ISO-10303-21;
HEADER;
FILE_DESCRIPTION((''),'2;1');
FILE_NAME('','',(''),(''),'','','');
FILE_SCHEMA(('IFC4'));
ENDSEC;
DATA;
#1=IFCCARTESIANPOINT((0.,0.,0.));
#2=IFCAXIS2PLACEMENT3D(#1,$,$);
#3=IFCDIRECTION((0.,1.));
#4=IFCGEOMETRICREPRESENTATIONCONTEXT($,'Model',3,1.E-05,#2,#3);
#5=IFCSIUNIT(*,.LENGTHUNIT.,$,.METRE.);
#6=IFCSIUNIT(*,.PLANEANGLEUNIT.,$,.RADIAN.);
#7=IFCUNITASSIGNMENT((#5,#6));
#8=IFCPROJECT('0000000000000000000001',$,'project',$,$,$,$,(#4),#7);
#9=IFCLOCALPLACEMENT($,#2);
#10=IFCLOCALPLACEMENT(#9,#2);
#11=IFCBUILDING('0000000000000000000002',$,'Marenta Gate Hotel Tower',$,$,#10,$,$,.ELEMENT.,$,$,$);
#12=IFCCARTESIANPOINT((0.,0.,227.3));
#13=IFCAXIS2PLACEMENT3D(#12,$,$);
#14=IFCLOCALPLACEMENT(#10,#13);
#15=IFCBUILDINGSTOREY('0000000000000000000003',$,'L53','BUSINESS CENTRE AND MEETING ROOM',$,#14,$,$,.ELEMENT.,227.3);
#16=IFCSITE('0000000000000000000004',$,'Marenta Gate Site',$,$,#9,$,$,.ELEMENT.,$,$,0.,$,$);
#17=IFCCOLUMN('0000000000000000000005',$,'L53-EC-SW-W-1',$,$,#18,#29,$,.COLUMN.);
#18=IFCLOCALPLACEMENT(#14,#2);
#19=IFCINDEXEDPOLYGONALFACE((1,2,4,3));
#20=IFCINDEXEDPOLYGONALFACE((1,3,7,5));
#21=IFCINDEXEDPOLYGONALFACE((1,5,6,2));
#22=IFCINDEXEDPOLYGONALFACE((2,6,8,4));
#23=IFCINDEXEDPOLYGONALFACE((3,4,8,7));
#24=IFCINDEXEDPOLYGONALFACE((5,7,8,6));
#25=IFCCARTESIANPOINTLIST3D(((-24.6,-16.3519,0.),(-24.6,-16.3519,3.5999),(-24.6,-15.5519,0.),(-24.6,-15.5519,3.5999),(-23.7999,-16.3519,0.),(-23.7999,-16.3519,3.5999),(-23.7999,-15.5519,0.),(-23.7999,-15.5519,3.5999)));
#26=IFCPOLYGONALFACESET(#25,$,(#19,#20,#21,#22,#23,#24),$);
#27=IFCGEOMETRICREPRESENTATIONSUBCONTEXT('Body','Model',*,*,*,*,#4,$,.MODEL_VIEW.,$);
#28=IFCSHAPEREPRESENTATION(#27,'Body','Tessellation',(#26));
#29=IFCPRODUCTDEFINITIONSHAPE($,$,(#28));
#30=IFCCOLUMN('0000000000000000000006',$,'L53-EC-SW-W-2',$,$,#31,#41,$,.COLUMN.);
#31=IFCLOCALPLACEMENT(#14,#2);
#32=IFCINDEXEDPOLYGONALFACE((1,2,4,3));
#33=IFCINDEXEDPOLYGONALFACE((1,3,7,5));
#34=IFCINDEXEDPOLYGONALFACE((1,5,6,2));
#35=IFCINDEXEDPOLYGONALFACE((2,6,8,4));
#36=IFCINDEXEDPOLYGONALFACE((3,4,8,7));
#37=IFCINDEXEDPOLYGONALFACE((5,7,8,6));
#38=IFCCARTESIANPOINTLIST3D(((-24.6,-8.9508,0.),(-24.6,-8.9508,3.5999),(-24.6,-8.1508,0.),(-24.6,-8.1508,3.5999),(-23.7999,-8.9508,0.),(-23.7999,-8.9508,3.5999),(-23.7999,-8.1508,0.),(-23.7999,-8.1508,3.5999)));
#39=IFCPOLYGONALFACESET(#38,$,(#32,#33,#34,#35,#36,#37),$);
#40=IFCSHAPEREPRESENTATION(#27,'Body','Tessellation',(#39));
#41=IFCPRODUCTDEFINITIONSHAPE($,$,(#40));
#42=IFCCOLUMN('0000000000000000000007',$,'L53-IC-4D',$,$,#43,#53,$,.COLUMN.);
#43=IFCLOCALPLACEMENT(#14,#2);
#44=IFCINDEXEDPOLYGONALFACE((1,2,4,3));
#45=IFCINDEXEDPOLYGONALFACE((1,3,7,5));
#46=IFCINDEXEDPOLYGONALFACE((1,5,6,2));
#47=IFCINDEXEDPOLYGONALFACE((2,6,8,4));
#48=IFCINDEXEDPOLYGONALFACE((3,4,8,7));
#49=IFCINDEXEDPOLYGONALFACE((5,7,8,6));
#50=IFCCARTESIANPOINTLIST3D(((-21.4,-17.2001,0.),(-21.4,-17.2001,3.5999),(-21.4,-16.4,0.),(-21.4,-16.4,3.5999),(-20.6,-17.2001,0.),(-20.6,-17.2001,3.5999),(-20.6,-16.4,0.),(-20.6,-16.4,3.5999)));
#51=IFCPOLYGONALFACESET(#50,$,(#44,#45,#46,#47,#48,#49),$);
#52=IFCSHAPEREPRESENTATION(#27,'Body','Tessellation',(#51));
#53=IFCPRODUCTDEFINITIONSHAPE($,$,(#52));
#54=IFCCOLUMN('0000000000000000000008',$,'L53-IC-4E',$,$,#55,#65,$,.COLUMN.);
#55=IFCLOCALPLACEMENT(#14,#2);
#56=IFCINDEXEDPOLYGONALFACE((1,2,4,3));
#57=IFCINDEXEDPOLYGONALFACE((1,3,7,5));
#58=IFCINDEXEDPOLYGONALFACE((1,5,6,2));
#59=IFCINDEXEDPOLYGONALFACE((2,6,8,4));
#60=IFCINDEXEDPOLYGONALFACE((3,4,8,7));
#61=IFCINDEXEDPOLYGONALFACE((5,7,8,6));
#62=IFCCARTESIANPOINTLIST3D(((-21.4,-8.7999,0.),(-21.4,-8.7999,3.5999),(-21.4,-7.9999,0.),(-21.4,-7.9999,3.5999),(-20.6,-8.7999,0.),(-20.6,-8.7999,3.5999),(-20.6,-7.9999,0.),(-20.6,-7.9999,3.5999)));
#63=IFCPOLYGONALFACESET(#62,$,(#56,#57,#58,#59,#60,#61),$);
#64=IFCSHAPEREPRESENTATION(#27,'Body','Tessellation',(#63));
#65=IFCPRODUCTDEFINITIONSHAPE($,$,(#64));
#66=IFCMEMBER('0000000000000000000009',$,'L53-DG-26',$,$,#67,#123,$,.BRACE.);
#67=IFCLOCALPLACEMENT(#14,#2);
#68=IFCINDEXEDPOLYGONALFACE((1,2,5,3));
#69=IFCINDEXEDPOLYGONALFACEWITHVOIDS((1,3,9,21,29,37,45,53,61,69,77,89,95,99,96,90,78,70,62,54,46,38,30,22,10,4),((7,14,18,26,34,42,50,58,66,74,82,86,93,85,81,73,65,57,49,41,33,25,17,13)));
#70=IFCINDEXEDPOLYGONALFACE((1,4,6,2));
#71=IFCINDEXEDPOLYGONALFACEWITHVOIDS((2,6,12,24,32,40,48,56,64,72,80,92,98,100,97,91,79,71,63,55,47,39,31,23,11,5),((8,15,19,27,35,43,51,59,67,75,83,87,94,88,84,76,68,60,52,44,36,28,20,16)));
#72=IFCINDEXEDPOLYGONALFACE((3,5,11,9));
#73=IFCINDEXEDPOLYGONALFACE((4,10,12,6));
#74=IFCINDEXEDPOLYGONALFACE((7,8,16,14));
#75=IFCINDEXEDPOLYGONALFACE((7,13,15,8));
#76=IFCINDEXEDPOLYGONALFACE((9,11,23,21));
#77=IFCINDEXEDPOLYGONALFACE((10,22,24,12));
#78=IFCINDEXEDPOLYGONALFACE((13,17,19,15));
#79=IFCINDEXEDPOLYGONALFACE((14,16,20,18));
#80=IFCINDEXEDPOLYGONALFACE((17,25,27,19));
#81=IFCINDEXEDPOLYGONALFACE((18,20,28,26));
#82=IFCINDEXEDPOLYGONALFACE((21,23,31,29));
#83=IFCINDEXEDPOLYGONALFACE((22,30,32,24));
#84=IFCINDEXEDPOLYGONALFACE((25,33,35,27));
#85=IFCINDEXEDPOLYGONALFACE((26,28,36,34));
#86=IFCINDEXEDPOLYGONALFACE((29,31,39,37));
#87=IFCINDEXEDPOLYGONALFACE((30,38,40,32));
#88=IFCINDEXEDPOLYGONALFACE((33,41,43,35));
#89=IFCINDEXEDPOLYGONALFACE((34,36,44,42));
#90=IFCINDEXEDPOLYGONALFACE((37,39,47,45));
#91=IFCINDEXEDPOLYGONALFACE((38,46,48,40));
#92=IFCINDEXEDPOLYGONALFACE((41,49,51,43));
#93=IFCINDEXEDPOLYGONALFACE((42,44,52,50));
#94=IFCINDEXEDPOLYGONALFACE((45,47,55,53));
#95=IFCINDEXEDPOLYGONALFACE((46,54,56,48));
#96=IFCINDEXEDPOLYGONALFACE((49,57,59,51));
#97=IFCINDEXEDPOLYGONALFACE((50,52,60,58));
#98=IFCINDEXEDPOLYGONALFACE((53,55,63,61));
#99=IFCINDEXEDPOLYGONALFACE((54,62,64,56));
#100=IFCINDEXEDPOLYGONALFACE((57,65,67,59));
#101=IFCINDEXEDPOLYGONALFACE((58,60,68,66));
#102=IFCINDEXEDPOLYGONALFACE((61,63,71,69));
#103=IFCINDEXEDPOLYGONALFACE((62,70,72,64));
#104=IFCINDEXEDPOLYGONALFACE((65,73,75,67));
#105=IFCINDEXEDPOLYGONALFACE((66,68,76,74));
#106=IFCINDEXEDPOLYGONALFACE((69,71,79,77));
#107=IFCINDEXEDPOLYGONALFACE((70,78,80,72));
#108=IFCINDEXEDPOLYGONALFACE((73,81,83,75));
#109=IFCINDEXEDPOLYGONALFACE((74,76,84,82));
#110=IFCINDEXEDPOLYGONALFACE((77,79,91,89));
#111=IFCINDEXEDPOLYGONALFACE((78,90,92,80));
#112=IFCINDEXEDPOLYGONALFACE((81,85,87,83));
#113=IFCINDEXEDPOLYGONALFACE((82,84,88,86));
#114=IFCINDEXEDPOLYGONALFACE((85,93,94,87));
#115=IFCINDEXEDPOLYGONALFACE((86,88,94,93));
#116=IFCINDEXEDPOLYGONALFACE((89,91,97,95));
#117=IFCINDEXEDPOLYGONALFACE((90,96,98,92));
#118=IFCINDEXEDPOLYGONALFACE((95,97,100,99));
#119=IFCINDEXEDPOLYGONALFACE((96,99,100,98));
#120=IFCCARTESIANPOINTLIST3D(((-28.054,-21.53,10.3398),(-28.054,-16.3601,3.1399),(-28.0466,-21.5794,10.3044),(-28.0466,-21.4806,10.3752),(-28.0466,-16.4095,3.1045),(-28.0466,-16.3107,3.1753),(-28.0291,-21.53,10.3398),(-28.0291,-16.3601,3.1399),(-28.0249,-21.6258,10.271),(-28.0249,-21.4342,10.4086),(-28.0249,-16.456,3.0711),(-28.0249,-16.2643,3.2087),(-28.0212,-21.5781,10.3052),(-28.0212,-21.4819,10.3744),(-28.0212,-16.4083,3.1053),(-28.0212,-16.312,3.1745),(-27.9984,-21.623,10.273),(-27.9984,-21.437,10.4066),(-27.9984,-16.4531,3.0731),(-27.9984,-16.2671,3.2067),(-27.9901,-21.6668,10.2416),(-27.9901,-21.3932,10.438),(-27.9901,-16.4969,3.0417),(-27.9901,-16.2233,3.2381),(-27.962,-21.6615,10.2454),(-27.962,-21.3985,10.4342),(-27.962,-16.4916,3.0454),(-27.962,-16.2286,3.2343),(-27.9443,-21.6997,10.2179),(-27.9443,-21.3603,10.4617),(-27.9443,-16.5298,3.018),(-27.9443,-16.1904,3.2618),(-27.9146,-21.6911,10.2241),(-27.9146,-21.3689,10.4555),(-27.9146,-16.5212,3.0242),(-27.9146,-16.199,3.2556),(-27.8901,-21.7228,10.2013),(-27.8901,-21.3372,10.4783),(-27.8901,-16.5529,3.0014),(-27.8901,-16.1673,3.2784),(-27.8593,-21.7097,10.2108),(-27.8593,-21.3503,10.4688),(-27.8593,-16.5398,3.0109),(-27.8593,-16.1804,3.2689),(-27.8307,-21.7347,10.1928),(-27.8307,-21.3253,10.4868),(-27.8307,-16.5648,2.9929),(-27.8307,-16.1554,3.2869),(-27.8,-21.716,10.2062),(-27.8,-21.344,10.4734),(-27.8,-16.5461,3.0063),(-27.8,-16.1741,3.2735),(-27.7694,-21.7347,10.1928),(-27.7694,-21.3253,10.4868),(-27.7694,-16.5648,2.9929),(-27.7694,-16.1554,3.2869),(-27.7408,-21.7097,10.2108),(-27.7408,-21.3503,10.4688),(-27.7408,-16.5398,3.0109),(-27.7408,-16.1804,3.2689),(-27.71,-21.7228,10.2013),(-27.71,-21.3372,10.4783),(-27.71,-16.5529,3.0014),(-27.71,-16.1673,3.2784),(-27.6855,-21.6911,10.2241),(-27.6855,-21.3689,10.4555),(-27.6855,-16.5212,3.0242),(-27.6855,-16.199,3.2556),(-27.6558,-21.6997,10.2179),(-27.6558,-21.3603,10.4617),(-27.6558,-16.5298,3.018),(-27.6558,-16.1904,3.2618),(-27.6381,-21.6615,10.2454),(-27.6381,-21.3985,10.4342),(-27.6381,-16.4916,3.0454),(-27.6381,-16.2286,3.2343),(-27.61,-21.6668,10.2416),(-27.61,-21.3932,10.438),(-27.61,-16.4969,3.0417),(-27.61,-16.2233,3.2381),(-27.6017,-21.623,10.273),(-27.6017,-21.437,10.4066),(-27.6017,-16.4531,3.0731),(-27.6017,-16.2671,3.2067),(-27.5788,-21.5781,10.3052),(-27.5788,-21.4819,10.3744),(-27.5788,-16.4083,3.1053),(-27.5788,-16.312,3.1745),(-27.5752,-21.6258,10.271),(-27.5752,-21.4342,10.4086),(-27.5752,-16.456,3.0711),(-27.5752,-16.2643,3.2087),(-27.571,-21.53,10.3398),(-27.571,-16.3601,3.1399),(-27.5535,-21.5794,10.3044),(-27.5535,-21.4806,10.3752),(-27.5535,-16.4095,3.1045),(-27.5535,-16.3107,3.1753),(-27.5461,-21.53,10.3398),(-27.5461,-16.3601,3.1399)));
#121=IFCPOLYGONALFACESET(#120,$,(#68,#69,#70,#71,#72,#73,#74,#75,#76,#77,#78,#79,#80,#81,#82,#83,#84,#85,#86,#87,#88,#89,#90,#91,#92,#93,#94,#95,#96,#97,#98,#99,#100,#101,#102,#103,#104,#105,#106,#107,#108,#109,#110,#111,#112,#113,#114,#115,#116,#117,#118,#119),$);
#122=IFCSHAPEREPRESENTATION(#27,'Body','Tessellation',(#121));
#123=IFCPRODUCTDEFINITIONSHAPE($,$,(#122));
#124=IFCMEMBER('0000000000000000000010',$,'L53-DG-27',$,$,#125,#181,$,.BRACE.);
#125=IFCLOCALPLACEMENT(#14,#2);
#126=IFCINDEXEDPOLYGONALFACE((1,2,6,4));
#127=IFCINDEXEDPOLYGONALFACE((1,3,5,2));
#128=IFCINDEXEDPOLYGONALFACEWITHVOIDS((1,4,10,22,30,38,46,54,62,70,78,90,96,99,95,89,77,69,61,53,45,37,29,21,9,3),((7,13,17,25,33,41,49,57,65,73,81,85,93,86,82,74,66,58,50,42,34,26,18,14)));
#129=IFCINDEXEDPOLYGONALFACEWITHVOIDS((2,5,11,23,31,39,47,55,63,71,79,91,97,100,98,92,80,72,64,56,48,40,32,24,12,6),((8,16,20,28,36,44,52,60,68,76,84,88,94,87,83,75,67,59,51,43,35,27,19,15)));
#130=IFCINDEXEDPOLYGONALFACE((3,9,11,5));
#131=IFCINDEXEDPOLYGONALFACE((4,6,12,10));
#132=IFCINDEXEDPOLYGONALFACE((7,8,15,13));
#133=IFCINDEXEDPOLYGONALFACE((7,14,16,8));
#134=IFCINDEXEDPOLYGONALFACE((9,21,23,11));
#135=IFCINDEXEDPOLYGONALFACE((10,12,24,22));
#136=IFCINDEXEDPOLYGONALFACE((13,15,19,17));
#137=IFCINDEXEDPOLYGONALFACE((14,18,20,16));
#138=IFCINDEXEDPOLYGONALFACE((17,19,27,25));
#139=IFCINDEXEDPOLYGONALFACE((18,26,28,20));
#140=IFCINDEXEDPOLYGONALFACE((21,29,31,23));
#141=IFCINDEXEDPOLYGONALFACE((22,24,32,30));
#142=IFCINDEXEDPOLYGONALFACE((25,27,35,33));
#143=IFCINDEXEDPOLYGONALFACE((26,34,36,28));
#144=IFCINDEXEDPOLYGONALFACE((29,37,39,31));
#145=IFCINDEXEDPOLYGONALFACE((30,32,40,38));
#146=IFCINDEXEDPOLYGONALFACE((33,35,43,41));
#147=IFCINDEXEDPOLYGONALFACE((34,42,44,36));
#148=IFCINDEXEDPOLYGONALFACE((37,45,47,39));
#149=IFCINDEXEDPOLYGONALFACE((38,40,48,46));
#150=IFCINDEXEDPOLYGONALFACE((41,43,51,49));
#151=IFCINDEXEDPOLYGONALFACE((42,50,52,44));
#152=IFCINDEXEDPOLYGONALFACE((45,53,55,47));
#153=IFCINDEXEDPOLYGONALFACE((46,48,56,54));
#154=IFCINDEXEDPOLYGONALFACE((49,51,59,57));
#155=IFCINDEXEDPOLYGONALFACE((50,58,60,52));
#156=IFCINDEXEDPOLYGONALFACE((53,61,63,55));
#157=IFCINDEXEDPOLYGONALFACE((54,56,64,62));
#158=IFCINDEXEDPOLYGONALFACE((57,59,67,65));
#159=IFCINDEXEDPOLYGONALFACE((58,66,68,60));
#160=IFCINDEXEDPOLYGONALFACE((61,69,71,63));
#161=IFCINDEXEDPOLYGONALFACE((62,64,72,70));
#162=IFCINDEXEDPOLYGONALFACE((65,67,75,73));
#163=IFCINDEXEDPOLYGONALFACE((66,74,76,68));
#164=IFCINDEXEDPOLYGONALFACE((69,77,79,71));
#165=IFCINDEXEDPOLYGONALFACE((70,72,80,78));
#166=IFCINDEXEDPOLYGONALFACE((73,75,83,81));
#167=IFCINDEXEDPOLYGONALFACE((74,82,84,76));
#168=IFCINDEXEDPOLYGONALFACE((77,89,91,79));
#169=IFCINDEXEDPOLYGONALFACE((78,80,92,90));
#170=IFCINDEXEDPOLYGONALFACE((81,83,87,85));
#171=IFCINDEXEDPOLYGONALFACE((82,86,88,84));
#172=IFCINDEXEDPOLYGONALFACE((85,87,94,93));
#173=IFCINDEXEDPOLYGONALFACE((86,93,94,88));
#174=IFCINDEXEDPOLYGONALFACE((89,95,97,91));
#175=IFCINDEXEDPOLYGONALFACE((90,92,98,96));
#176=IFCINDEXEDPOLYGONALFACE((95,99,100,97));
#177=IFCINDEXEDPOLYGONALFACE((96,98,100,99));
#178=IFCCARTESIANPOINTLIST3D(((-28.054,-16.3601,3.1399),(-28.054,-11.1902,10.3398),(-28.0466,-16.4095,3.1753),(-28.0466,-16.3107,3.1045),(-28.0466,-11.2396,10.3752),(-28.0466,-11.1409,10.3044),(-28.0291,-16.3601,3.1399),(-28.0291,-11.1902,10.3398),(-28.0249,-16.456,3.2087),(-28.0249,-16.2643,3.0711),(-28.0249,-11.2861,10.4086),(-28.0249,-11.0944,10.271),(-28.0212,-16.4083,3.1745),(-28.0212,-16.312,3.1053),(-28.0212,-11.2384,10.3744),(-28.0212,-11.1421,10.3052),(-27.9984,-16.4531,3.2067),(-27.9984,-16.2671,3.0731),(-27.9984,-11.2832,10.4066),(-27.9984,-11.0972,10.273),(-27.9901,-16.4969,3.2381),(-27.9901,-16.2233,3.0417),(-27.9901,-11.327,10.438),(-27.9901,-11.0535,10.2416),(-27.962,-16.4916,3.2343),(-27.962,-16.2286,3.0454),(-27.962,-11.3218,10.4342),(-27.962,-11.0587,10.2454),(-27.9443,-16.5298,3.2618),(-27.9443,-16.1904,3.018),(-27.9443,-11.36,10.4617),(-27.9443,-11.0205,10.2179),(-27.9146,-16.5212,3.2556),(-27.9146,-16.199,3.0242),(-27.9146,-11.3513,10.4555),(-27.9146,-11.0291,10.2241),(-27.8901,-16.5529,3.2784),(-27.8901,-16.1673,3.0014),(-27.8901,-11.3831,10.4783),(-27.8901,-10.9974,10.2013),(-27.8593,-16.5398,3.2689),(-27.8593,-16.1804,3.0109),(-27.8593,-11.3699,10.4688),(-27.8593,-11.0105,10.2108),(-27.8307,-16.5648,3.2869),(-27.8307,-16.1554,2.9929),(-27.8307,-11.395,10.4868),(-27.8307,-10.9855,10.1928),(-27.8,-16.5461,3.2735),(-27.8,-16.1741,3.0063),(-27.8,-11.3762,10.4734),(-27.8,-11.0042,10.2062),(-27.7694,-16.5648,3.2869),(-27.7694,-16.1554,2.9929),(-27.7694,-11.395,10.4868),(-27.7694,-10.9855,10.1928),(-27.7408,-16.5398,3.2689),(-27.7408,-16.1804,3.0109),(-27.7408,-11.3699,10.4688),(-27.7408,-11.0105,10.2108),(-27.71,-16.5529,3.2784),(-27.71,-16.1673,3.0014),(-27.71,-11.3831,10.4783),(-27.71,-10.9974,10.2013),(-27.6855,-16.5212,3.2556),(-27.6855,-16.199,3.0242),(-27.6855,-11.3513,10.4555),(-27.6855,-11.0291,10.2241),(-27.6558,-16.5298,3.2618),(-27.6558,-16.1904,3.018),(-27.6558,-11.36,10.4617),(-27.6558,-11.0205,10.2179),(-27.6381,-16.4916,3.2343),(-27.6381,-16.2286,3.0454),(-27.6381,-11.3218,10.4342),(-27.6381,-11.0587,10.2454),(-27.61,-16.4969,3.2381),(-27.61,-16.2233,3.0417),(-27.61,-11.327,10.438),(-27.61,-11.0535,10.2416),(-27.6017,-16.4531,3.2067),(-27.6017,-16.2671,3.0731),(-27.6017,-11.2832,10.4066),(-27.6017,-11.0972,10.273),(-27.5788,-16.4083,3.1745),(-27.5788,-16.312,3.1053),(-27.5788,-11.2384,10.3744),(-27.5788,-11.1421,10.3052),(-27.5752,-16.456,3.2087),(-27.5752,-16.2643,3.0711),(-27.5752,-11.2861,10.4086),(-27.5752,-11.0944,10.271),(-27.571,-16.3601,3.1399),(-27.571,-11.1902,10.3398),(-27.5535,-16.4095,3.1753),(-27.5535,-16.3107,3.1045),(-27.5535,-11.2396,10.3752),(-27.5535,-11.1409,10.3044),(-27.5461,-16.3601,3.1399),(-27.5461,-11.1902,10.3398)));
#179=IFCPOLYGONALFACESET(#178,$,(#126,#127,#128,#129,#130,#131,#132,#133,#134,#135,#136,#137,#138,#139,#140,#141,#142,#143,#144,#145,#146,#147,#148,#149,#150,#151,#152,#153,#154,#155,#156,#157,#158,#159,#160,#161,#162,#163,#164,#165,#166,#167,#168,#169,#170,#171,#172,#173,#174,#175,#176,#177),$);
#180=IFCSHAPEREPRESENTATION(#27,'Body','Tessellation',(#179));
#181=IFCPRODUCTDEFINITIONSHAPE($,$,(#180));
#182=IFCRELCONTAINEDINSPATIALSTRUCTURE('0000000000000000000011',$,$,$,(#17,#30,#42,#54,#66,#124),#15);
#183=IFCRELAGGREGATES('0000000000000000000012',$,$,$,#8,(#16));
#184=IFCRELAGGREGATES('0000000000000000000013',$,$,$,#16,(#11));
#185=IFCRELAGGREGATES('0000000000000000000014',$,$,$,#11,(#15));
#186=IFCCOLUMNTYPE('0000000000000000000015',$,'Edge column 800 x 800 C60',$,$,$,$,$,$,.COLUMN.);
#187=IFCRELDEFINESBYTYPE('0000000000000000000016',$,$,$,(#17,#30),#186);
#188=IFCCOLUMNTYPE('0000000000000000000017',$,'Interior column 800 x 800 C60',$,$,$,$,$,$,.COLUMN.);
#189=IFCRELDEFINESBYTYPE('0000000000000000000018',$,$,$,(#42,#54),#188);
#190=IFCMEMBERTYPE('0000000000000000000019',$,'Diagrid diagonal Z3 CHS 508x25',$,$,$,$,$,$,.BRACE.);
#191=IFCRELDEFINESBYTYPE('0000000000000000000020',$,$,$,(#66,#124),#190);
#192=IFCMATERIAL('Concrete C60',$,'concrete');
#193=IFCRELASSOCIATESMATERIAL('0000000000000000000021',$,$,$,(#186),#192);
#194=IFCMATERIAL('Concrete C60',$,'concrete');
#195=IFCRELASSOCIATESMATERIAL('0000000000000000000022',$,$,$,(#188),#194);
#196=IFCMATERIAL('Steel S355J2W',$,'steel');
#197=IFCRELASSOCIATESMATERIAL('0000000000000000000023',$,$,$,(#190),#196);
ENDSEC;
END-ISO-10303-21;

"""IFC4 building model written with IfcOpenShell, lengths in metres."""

from ifc_helpers import new_model, si_unit, direction, frame, origin, origin_2d, place, context, subcontext, project, spatial, rectangle, hollow_circle, extrude, material, material_profile, profile_set, type_object, element, save


model = new_model("IFC4")

# Units and contexts
model_context = context("Model", 3, precision=1e-05, world=origin(), true_north=direction((0.0, 1.0)))
body_context = subcontext(model_context, "Body", "Model", "MODEL_VIEW")
ifc_project = project(units=[si_unit("LENGTHUNIT", "METRE"), si_unit("PLANEANGLEUNIT", "RADIAN")], contexts=[model_context])

# Site, building, storey
site_placement = place(None, origin())
site = spatial("IfcSite", under=ifc_project, at=site_placement, Name="Marenta Gate Site", CompositionType="ELEMENT", RefElevation=0.0)
building_placement = place(site_placement, origin())
building = spatial("IfcBuilding", under=site, at=building_placement, Name="Marenta Gate Hotel Tower", CompositionType="ELEMENT")
storey_placement = place(building_placement, frame((0.0, 0.0, 227.3)))
storey = spatial("IfcBuildingStorey", under=building, at=storey_placement, Name="L53", Description="BUSINESS CENTRE AND MEETING ROOM", CompositionType="ELEMENT", Elevation=227.3)

# Columns
ifc_material_1 = material(Name="Concrete C60", Category="concrete")
ifc_material_profile_1 = material_profile(ifc_material_1, rectangle(XDim=0.8, YDim=0.8, at=origin_2d()), Name="800 x 800")
ifc_profile_set_1 = profile_set([ifc_material_profile_1], Name="Concrete C60")
column_type_1 = type_object("IfcColumnType", Name="Edge column 800 x 800 C60", PredefinedType="COLUMN", material=ifc_profile_set_1)
for number, where, z_axis, x_axis, name in (
    (1, (-24.2, -15.9519, 0.0), (0.0, 0.0, 1.0), (1.0, 0.0, 0.0), "L53-EC-SW-W-1"),
    (2, (-24.2, -8.5508, 0.0), (0.0, 0.0, 1.0), (1.0, 0.0, 0.0), "L53-EC-SW-W-2"),
):
    element("IfcColumn", number, at=place(storey_placement, frame(where, z_axis=z_axis, x_axis=x_axis)), inside=storey, type_object=column_type_1, Name=name, PredefinedType="COLUMN", context=body_context, shape_type="SweptSolid", body=[
        extrude(rectangle(XDim=0.8, YDim=0.8, at=origin_2d()), origin(), (0.0, 0.0, 1.0), 3.5999),
    ])
ifc_material_2 = material(Name="Concrete C60", Category="concrete")
ifc_material_profile_2 = material_profile(ifc_material_2, rectangle(XDim=0.8, YDim=0.8, at=origin_2d()), Name="800 x 800")
ifc_profile_set_2 = profile_set([ifc_material_profile_2], Name="Concrete C60")
column_type_2 = type_object("IfcColumnType", Name="Interior column 800 x 800 C60", PredefinedType="COLUMN", material=ifc_profile_set_2)
for number, where, z_axis, x_axis, name in (
    (3, (-21.0, -16.8, 0.0), (0.0, 0.0, 1.0), (1.0, 0.0, 0.0), "L53-IC-4D"),
    (4, (-21.0, -8.3999, 0.0), (0.0, 0.0, 1.0), (1.0, 0.0, 0.0), "L53-IC-4E"),
):
    element("IfcColumn", number, at=place(storey_placement, frame(where, z_axis=z_axis, x_axis=x_axis)), inside=storey, type_object=column_type_2, Name=name, PredefinedType="COLUMN", context=body_context, shape_type="SweptSolid", body=[
        extrude(rectangle(XDim=0.8, YDim=0.8, at=origin_2d()), origin(), (0.0, 0.0, 1.0), 3.5999),
    ])

# Members
ifc_material_3 = material(Name="Steel S355J2W", Category="steel")
ifc_material_profile_3 = material_profile(ifc_material_3, hollow_circle(Radius=0.2539, WallThickness=0.0249, at=origin_2d()), Name="CHS 508x25")
ifc_profile_set_3 = profile_set([ifc_material_profile_3], Name="Steel S355J2W")
member_type_1 = type_object("IfcMemberType", Name="Diagrid diagonal Z3 CHS 508x25", PredefinedType="BRACE", material=ifc_profile_set_3)
for number, where, z_axis, x_axis, name in (
    (5, (-27.8, -16.3601, 3.1399), (0.0, -0.583261, 0.812285), (1.0, 0.0, 0.0), "L53-DG-26"),
    (6, (-27.8, -16.3601, 3.1399), (0.0, 0.583261, 0.812285), (-1.0, 0.0, 0.0), "L53-DG-27"),
):
    element("IfcMember", number, at=place(storey_placement, frame(where, z_axis=z_axis, x_axis=x_axis)), inside=storey, type_object=member_type_1, Name=name, PredefinedType="BRACE", context=body_context, shape_type="SweptSolid", body=[
        extrude(hollow_circle(Radius=0.2539, WallThickness=0.0249, at=origin_2d()), origin(), (0.0, 0.0, 1.0), 8.8638),
    ])

save(model, "model.ifc")
